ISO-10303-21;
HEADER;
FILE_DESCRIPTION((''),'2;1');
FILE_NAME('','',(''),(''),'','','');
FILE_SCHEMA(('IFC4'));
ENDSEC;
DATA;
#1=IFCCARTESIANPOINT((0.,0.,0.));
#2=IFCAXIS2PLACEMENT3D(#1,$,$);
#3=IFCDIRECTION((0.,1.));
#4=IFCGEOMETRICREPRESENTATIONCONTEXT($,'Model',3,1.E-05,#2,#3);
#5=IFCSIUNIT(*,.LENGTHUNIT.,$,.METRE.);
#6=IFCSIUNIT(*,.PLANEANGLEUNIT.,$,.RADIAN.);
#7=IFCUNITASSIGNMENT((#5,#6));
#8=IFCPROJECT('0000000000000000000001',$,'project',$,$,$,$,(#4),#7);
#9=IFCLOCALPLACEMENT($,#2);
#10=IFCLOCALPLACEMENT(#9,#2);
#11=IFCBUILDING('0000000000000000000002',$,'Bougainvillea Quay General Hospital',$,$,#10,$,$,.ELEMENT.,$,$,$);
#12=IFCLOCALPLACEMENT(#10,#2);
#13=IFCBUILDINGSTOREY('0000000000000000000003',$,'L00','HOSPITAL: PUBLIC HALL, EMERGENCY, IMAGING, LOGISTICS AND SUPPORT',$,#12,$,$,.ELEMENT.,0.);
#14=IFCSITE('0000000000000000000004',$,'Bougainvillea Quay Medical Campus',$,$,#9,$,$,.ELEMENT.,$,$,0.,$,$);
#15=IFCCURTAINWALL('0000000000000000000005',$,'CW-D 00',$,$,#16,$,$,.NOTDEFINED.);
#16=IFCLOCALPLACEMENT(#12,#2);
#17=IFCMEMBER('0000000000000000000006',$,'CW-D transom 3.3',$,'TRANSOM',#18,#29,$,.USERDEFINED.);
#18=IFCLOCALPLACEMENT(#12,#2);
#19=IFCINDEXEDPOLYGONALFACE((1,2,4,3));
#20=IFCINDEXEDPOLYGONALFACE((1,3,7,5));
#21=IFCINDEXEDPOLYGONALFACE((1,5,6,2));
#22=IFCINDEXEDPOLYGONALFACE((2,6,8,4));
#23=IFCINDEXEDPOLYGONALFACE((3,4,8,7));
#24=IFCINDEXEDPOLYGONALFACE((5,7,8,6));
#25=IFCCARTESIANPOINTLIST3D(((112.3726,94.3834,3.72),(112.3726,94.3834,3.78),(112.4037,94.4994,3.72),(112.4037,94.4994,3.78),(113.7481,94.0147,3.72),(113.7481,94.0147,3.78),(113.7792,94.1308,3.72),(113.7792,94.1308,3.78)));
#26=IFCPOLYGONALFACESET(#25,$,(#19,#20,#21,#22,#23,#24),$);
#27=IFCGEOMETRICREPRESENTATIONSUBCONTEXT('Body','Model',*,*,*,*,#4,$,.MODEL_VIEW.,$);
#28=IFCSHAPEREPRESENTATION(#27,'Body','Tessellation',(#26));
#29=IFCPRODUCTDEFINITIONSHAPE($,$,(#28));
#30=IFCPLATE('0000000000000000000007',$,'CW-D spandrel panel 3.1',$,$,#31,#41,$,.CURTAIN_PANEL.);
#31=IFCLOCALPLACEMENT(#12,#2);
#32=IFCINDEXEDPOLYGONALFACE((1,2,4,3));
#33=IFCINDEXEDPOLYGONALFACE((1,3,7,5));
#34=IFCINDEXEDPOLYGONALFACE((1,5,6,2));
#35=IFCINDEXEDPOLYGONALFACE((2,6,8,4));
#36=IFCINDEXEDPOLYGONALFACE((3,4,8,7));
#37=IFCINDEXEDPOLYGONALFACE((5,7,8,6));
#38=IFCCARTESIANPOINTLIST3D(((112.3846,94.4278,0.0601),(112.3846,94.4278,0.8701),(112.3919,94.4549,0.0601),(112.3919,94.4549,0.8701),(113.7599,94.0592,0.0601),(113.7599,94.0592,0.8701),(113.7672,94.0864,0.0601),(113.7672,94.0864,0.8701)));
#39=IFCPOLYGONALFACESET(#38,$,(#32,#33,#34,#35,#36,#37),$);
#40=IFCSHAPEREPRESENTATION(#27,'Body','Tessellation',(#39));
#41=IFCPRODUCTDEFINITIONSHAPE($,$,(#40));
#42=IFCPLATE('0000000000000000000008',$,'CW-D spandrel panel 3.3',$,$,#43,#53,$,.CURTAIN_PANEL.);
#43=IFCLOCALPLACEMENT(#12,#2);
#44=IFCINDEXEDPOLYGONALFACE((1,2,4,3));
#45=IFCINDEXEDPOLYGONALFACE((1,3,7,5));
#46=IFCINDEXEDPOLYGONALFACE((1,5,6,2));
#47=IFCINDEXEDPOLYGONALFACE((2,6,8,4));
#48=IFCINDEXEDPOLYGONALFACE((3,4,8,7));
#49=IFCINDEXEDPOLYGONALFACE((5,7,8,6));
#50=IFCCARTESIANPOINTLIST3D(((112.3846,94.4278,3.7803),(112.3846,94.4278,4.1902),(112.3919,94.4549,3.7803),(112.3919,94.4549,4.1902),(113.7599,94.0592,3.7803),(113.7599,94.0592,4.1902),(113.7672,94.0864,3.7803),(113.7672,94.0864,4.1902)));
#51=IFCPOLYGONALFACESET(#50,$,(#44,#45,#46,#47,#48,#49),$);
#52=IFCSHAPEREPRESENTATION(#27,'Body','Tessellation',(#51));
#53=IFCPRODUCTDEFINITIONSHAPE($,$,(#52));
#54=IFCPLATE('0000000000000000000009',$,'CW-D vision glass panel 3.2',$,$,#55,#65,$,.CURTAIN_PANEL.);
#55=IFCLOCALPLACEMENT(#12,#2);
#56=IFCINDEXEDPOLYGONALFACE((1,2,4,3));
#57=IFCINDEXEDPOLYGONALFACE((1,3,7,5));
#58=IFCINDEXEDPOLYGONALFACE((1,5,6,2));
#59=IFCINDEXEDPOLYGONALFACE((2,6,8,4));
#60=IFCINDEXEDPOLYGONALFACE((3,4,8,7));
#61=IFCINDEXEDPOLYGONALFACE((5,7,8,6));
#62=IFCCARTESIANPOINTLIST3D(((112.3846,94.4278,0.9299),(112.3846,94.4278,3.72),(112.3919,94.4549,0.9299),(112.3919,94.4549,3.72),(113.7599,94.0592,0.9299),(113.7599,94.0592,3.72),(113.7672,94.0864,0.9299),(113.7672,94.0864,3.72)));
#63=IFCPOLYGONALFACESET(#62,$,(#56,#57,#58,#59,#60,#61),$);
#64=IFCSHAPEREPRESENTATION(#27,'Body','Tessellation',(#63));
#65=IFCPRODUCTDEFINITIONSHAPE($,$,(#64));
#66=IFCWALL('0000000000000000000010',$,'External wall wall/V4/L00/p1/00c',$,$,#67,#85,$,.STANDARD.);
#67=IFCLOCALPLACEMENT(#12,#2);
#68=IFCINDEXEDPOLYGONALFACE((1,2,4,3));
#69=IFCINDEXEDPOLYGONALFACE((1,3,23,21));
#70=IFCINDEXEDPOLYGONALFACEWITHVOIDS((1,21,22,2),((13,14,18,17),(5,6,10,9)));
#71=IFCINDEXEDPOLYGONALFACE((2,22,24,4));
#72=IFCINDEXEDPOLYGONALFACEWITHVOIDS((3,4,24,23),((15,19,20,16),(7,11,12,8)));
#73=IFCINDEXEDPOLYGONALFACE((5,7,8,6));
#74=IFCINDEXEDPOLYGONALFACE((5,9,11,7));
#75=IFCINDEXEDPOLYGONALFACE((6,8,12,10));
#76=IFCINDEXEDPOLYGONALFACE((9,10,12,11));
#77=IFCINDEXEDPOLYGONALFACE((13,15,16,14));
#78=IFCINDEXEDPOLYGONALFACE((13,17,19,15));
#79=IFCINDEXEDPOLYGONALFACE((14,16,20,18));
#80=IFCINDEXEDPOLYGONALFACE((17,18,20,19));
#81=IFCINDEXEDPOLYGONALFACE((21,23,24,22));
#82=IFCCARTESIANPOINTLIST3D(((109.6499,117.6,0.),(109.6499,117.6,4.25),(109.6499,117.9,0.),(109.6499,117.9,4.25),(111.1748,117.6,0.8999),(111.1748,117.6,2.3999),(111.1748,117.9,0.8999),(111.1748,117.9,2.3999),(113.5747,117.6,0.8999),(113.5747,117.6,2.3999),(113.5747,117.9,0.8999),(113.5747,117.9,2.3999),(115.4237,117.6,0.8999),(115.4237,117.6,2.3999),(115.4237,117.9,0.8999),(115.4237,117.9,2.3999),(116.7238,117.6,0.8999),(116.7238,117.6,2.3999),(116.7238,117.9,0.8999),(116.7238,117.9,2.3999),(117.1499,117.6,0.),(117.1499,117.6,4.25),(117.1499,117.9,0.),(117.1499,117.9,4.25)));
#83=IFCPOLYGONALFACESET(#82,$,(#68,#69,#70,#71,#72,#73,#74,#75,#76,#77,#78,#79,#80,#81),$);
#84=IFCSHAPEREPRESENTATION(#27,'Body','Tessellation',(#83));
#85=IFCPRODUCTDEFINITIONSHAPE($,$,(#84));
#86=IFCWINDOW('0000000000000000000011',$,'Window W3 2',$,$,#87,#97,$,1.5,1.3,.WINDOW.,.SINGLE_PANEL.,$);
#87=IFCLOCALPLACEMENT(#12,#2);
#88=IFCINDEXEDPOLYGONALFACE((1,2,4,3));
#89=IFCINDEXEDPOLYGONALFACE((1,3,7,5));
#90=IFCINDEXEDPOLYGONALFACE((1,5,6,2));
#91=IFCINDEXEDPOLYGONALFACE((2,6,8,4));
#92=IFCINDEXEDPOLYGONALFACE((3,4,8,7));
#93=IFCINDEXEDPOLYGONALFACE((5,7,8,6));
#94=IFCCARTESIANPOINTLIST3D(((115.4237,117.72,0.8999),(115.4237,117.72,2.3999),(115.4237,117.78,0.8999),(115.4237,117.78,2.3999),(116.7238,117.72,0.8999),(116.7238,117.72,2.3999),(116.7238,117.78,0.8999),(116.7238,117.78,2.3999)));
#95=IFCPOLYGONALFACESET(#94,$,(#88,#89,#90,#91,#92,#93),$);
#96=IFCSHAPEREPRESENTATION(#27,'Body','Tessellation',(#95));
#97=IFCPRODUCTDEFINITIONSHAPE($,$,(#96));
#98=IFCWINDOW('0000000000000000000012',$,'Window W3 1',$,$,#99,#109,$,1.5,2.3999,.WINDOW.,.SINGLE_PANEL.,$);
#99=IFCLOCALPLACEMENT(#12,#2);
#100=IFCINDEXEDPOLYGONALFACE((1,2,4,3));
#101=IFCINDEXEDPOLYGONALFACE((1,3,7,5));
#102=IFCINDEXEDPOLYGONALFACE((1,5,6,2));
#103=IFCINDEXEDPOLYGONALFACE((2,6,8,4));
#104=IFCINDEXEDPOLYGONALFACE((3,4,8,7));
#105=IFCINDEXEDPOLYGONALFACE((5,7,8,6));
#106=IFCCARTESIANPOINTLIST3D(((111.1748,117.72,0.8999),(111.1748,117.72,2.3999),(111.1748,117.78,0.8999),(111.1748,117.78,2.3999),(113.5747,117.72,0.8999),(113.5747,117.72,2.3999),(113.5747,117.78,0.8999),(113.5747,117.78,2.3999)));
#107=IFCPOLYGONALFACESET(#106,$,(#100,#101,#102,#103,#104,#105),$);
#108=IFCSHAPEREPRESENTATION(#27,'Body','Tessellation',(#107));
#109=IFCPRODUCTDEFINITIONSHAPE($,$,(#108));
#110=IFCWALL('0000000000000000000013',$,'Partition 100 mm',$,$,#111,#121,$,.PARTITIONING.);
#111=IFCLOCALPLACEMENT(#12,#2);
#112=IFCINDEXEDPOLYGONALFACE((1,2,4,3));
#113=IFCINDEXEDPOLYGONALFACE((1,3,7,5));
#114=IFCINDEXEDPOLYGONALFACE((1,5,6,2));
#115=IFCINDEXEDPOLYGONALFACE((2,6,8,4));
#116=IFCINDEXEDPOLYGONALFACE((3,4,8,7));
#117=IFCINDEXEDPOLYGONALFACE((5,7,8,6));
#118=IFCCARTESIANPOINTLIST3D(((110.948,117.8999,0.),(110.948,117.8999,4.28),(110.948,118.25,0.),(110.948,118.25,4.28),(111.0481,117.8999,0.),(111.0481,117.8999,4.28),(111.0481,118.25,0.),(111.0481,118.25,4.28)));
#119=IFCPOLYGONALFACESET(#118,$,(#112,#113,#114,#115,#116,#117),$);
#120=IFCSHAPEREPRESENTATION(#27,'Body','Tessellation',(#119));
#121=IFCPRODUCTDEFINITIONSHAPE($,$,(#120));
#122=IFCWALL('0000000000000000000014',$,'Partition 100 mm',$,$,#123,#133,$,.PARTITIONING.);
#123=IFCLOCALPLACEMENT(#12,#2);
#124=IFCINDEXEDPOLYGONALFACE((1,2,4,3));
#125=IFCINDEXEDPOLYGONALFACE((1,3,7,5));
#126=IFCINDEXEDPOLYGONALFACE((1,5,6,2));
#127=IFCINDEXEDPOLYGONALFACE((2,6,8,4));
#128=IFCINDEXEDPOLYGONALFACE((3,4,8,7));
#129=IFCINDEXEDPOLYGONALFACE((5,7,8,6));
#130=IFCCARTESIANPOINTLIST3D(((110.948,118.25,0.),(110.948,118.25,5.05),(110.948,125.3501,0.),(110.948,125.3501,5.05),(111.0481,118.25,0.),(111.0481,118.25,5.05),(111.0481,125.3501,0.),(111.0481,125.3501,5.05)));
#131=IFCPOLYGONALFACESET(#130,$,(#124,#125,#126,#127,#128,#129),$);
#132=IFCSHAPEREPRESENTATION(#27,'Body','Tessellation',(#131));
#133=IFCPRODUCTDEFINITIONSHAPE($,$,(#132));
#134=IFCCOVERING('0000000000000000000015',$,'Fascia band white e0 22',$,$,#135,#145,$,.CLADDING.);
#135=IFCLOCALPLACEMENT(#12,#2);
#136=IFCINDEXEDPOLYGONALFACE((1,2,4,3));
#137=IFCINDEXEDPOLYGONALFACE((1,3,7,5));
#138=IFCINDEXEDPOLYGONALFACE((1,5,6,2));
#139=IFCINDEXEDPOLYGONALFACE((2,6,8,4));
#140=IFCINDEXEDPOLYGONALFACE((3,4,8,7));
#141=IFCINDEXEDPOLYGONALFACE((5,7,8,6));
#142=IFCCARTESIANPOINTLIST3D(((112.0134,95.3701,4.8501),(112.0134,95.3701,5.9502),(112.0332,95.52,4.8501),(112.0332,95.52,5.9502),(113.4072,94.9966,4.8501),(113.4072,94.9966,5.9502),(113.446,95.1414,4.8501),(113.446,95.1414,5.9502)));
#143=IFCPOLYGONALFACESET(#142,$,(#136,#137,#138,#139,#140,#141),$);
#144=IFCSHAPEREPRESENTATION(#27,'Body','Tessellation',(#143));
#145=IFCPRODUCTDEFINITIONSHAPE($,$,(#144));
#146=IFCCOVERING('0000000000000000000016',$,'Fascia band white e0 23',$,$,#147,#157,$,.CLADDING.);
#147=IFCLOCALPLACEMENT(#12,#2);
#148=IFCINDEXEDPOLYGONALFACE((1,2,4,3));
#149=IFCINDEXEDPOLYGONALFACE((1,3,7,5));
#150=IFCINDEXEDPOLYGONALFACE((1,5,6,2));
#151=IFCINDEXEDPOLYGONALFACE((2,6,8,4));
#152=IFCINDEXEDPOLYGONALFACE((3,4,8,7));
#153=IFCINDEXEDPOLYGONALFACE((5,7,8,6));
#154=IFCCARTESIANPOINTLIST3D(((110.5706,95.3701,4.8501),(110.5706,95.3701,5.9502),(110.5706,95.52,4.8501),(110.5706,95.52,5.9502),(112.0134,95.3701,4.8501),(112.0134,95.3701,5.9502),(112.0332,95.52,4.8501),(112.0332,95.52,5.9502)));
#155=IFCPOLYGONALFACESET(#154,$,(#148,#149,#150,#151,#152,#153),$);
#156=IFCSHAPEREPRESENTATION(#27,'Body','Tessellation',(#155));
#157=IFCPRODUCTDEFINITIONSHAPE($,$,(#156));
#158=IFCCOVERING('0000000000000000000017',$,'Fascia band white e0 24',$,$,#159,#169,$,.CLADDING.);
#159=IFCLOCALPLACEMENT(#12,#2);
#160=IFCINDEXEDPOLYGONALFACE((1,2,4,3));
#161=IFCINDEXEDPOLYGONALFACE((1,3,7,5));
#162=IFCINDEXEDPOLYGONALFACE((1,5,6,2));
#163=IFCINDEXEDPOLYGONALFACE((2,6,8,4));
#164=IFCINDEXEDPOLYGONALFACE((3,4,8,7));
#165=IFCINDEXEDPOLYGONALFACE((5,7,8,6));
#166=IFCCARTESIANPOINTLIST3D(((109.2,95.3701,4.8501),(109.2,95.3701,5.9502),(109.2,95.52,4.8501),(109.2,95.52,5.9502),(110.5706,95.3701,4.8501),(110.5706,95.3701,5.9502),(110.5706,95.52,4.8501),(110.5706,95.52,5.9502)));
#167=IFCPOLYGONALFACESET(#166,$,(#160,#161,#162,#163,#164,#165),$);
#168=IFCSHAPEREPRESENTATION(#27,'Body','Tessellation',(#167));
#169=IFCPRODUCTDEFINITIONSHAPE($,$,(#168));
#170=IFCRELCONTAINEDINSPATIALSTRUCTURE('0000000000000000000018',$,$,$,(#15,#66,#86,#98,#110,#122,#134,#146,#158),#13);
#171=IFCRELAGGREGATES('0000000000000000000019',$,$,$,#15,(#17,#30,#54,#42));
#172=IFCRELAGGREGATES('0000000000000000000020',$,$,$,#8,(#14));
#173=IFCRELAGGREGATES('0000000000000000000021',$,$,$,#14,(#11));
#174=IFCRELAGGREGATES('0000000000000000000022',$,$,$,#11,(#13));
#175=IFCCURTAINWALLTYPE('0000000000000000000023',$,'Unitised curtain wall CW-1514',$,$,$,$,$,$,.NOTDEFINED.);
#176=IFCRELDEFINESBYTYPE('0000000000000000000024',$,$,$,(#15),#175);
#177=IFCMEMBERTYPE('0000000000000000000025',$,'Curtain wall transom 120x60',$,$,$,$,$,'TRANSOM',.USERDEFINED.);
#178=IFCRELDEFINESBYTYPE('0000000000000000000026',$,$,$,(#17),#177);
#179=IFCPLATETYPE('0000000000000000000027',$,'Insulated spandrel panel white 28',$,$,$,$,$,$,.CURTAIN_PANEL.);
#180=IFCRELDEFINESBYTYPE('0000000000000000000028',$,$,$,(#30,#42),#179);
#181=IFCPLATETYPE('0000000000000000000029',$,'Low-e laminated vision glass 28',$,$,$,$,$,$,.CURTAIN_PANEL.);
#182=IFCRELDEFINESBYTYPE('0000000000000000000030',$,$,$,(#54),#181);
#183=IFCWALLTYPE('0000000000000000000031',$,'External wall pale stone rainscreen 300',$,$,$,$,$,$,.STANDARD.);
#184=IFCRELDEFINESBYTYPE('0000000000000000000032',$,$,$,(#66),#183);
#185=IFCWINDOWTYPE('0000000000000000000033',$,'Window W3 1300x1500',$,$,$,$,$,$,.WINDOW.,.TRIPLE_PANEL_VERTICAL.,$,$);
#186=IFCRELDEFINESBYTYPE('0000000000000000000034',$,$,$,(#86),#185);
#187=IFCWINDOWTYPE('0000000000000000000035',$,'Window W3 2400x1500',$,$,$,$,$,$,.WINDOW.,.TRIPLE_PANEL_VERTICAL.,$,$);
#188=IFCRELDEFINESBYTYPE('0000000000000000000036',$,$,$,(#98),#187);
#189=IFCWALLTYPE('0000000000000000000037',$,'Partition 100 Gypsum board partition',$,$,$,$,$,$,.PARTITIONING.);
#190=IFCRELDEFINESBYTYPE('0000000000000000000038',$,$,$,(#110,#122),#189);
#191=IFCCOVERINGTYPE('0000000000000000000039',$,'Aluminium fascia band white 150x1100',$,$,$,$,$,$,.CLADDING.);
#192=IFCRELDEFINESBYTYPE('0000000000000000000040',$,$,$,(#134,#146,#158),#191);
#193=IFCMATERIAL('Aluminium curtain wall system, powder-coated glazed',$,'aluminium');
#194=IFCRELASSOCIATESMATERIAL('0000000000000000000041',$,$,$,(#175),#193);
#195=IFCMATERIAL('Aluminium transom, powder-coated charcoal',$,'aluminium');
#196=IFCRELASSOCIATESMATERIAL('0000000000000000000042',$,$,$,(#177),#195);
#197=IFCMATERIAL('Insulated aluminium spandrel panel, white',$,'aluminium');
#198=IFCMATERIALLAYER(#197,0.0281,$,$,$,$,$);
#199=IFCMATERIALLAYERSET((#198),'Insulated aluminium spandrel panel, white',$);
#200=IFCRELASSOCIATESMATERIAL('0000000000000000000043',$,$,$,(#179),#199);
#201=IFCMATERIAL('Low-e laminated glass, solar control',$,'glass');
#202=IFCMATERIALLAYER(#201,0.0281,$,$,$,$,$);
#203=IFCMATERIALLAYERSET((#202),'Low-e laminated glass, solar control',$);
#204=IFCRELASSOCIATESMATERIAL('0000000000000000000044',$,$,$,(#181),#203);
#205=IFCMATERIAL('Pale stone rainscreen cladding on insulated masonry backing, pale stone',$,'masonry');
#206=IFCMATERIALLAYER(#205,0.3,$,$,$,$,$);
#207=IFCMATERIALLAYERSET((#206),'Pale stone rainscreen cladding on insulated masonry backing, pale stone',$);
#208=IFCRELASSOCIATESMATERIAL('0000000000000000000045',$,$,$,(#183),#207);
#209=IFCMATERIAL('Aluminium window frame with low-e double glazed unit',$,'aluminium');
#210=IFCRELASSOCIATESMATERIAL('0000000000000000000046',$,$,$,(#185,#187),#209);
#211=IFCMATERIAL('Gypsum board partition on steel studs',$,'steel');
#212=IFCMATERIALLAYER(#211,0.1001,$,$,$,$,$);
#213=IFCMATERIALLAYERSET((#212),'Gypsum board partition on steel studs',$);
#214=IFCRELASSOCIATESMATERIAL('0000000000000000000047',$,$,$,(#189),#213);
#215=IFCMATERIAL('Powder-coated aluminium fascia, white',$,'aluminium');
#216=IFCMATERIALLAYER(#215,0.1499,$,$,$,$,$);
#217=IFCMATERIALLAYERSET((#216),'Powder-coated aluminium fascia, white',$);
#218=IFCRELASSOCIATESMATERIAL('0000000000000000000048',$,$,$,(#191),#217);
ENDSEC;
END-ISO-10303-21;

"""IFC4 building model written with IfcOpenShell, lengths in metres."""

from ifc_helpers import new_model, si_unit, direction, frame, frame_2d, origin, origin_2d, place, context, subcontext, project, spatial, polyline, rectangle, outline, extrude, material, layer, layer_set, material_profile, profile_set, type_object, element, fill, aggregate, save


model = new_model("IFC4")

# Units and contexts
model_context = context("Model", 3, precision=1e-05, world=origin(), true_north=direction((0.0, 1.0)))
body_context = subcontext(model_context, "Body", "Model", "MODEL_VIEW")
ifc_project = project(units=[si_unit("LENGTHUNIT", "METRE"), si_unit("PLANEANGLEUNIT", "RADIAN")], contexts=[model_context])

# Site, building, storey
site_placement = place(None, origin())
site = spatial("IfcSite", under=ifc_project, at=site_placement, Name="Bougainvillea Quay Medical Campus", CompositionType="ELEMENT", RefElevation=0.0)
building_placement = place(site_placement, origin())
building = spatial("IfcBuilding", under=site, at=building_placement, Name="Bougainvillea Quay General Hospital", CompositionType="ELEMENT")
storey_placement = place(building_placement, origin())
storey = spatial("IfcBuildingStorey", under=building, at=storey_placement, Name="L00", Description="HOSPITAL: PUBLIC HALL, EMERGENCY, IMAGING, LOGISTICS AND SUPPORT", CompositionType="ELEMENT", Elevation=0.0)

# Curtain wall, member, plates
ifc_material_1 = material(Name="Aluminium curtain wall system, powder-coated glazed", Category="aluminium")
curtain_wall_type = type_object("IfcCurtainWallType", Name="Unitised curtain wall CW-1514", PredefinedType="NOTDEFINED", material=ifc_material_1)
curtain_wall_placement = place(storey_placement, origin())
curtain_wall = element("IfcCurtainWall", 1, at=curtain_wall_placement, inside=storey, type_object=curtain_wall_type, Name="CW-D 00", PredefinedType="NOTDEFINED")
ifc_material_2 = material(Name="Aluminium transom, powder-coated charcoal", Category="aluminium")
ifc_material_profile_1 = material_profile(ifc_material_2, rectangle(XDim=0.1201, YDim=0.0601, at=origin_2d()))
ifc_profile_set_1 = profile_set([ifc_material_profile_1], Name="Aluminium transom, powder-coated charcoal")
member_type_1 = type_object("IfcMemberType", Name="Curtain wall transom 120x60", ElementType="TRANSOM", PredefinedType="USERDEFINED", material=ifc_profile_set_1)
member_1_placement = place(storey_placement, frame((113.7637, 94.0728, 3.75), z_axis=(-0.96591, 0.258879, 0.0), x_axis=(-0.258879, -0.96591, 0.0)))
member_1 = element("IfcMember", 2, at=member_1_placement, type_object=member_type_1, Name="CW-D transom 3.3", ObjectType="TRANSOM", PredefinedType="USERDEFINED", context=body_context, shape_type="SweptSolid", body=[
    extrude(rectangle(XDim=0.1201, YDim=0.0601, at=origin_2d()), origin(), (0.0, 0.0, 1.0), 1.4241),
])
ifc_material_3 = material(Name="Insulated aluminium spandrel panel, white", Category="aluminium")
ifc_layer_1 = layer(ifc_material_3, 0.0281)
ifc_layer_set_1 = layer_set([ifc_layer_1], Name="Insulated aluminium spandrel panel, white")
plate_type_1 = type_object("IfcPlateType", Name="Insulated spandrel panel white 28", PredefinedType="CURTAIN_PANEL", material=ifc_layer_set_1)
plate_1_placement = place(storey_placement, frame((113.0759, 94.2571, 0.0601), z_axis=(0.0, 0.0, 1.0), x_axis=(-0.965916, 0.258855, 0.0)))
plate_1 = element("IfcPlate", 3, at=plate_1_placement, type_object=plate_type_1, Name="CW-D spandrel panel 3.1", PredefinedType="CURTAIN_PANEL", context=body_context, shape_type="SweptSolid", body=[
    extrude(rectangle(XDim=1.4238, YDim=0.0281, at=origin_2d()), origin(), (0.0, 0.0, 1.0), 0.8101),
])
plate_2_placement = place(storey_placement, frame((113.0759, 94.2571, 3.7803), z_axis=(0.0, 0.0, 1.0), x_axis=(-0.965916, 0.258855, 0.0)))
plate_2 = element("IfcPlate", 4, at=plate_2_placement, type_object=plate_type_1, Name="CW-D spandrel panel 3.3", PredefinedType="CURTAIN_PANEL", context=body_context, shape_type="SweptSolid", body=[
    extrude(rectangle(XDim=1.4238, YDim=0.0281, at=origin_2d()), origin(), (0.0, 0.0, 1.0), 0.4099),
])
ifc_material_4 = material(Name="Low-e laminated glass, solar control", Category="glass")
ifc_layer_2 = layer(ifc_material_4, 0.0281)
ifc_layer_set_2 = layer_set([ifc_layer_2], Name="Low-e laminated glass, solar control")
plate_type_2 = type_object("IfcPlateType", Name="Low-e laminated vision glass 28", PredefinedType="CURTAIN_PANEL", material=ifc_layer_set_2)
plate_3_placement = place(storey_placement, frame((113.0759, 94.2571, 0.9299), z_axis=(0.0, 0.0, 1.0), x_axis=(-0.965916, 0.258855, 0.0)))
plate_3 = element("IfcPlate", 5, at=plate_3_placement, type_object=plate_type_2, Name="CW-D vision glass panel 3.2", PredefinedType="CURTAIN_PANEL", context=body_context, shape_type="SweptSolid", body=[
    extrude(rectangle(XDim=1.4238, YDim=0.0281, at=origin_2d()), origin(), (0.0, 0.0, 1.0), 2.79),
])
aggregate(curtain_wall, [member_1, plate_1, plate_3, plate_2])

# Wall, openings, windows
ifc_material_5 = material(Name="Pale stone rainscreen cladding on insulated masonry backing, pale stone", Category="masonry")
ifc_layer_3 = layer(ifc_material_5, 0.3)
ifc_layer_set_3 = layer_set([ifc_layer_3], Name="Pale stone rainscreen cladding on insulated masonry backing, pale stone")
wall_type_1 = type_object("IfcWallType", Name="External wall pale stone rainscreen 300", PredefinedType="STANDARD", material=ifc_layer_set_3)
wall_1_placement = place(storey_placement, frame((109.6499, 117.75, 0.0), z_axis=(0.0, 0.0, 1.0), x_axis=(1.0, 0.0, 0.0)))
wall_1 = element("IfcWall", 6, at=wall_1_placement, inside=storey, type_object=wall_type_1, Name="External wall wall/V4/L00/p1/00c", PredefinedType="STANDARD", context=body_context, shape_type="SweptSolid", body=[
    extrude(rectangle(XDim=7.5, YDim=0.3, at=frame_2d((3.75, 0.0))), origin(), (0.0, 0.0, 1.0), 4.25),
])
opening_1_placement = place(wall_1_placement, frame((1.5249, 0.0, 0.8999)))
opening_1 = element("IfcOpeningElement", 7, at=opening_1_placement, cuts=wall_1, PredefinedType="OPENING", context=body_context, shape_type="SweptSolid", body=[
    extrude(rectangle(XDim=2.3999, YDim=1.5, at=frame_2d((1.2, 0.75))), frame((0.0, 0.1599, 0.0), z_axis=(0.0, -1.0, 0.0), x_axis=(1.0, 0.0, 0.0)), (0.0, 0.0, 1.0), 0.3201),
])
opening_2_placement = place(wall_1_placement, frame((5.7739, 0.0, 0.8999)))
opening_2 = element("IfcOpeningElement", 8, at=opening_2_placement, cuts=wall_1, PredefinedType="OPENING", context=body_context, shape_type="SweptSolid", body=[
    extrude(rectangle(XDim=1.3, YDim=1.5, at=frame_2d((0.6499, 0.75))), frame((0.0, 0.1599, 0.0), z_axis=(0.0, -1.0, 0.0), x_axis=(1.0, 0.0, 0.0)), (0.0, 0.0, 1.0), 0.3201),
])
ifc_material_6 = material(Name="Aluminium window frame with low-e double glazed unit", Category="aluminium")
window_type_1 = type_object("IfcWindowType", Name="Window W3 1300x1500", PartitioningType="TRIPLE_PANEL_VERTICAL", PredefinedType="WINDOW", material=ifc_material_6)
window_1_placement = place(opening_2_placement, origin())
window_1 = element("IfcWindow", 9, at=window_1_placement, inside=storey, type_object=window_type_1, Name="Window W3 2", OverallHeight=1.5, OverallWidth=1.3, PartitioningType="SINGLE_PANEL", PredefinedType="WINDOW", context=body_context, shape_type="SweptSolid", body=[
    extrude(rectangle(XDim=1.3, YDim=1.5, at=frame_2d((0.6499, 0.75))), frame((0.0, 0.03, 0.0), z_axis=(0.0, -1.0, 0.0), x_axis=(1.0, 0.0, 0.0)), (0.0, 0.0, 1.0), 0.0601),
])
fill(opening_2, window_1)
window_type_2 = type_object("IfcWindowType", Name="Window W3 2400x1500", PartitioningType="TRIPLE_PANEL_VERTICAL", PredefinedType="WINDOW", material=ifc_material_6)
window_2_placement = place(opening_1_placement, origin())
window_2 = element("IfcWindow", 10, at=window_2_placement, inside=storey, type_object=window_type_2, Name="Window W3 1", OverallHeight=1.5, OverallWidth=2.3999, PartitioningType="SINGLE_PANEL", PredefinedType="WINDOW", context=body_context, shape_type="SweptSolid", body=[
    extrude(rectangle(XDim=2.3999, YDim=1.5, at=frame_2d((1.2, 0.75))), frame((0.0, 0.03, 0.0), z_axis=(0.0, -1.0, 0.0), x_axis=(1.0, 0.0, 0.0)), (0.0, 0.0, 1.0), 0.0601),
])
fill(opening_1, window_2)

# Walls
ifc_material_7 = material(Name="Gypsum board partition on steel studs", Category="steel")
ifc_layer_4 = layer(ifc_material_7, 0.1001)
ifc_layer_set_4 = layer_set([ifc_layer_4], Name="Gypsum board partition on steel studs")
wall_type_2 = type_object("IfcWallType", Name="Partition 100 Gypsum board partition", PredefinedType="PARTITIONING", material=ifc_layer_set_4)
wall_2_placement = place(storey_placement, frame((110.998, 117.8999, 0.0), z_axis=(0.0, 0.0, 1.0), x_axis=(0.0, 1.0, 0.0)))
element("IfcWall", 11, at=wall_2_placement, inside=storey, type_object=wall_type_2, Name="Partition 100 mm", PredefinedType="PARTITIONING", context=body_context, shape_type="SweptSolid", body=[
    extrude(rectangle(XDim=0.3501, YDim=0.1001, at=frame_2d((0.175, 0.0))), origin(), (0.0, 0.0, 1.0), 4.28),
])
wall_3_placement = place(storey_placement, frame((110.998, 118.25, 0.0), z_axis=(0.0, 0.0, 1.0), x_axis=(0.0, 1.0, 0.0)))
element("IfcWall", 12, at=wall_3_placement, inside=storey, type_object=wall_type_2, Name="Partition 100 mm", PredefinedType="PARTITIONING", context=body_context, shape_type="SweptSolid", body=[
    extrude(rectangle(XDim=7.1001, YDim=0.1001, at=frame_2d((3.55, 0.0))), origin(), (0.0, 0.0, 1.0), 5.05),
])

# Coverings
ifc_material_8 = material(Name="Powder-coated aluminium fascia, white", Category="aluminium")
ifc_layer_5 = layer(ifc_material_8, 0.1499)
ifc_layer_set_5 = layer_set([ifc_layer_5], Name="Powder-coated aluminium fascia, white")
covering_type = type_object("IfcCoveringType", Name="Aluminium fascia band white 150x1100", PredefinedType="CLADDING", material=ifc_layer_set_5)
covering_1_placement = place(storey_placement, frame((113.4072, 94.9966, 4.8501), z_axis=(0.0, 0.0, 1.0), x_axis=(-0.965914, 0.258863, 0.0)))
element("IfcCovering", 13, at=covering_1_placement, inside=storey, type_object=covering_type, Name="Fascia band white e0 22", PredefinedType="CLADDING", context=body_context, shape_type="SweptSolid", body=[
    extrude(outline(polyline([(0.0, 0.0), (1.443, 0.0), (1.4627, -0.1499), (0.0, -0.1499), (0.0, 0.0)])), origin(), (0.0, 0.0, 1.0), 1.1001),
])
covering_2_placement = place(storey_placement, frame((112.0134, 95.3701, 4.8501), z_axis=(0.0, 0.0, 1.0), x_axis=(-1.0, 0.0, 0.0)))
element("IfcCovering", 14, at=covering_2_placement, inside=storey, type_object=covering_type, Name="Fascia band white e0 23", PredefinedType="CLADDING", context=body_context, shape_type="SweptSolid", body=[
    extrude(outline(polyline([(0.0, 0.0), (1.4429, 0.0), (1.4429, -0.1499), (-0.0198, -0.1499), (0.0, 0.0)])), origin(), (0.0, 0.0, 1.0), 1.1001),
])
covering_3_placement = place(storey_placement, frame((110.5706, 95.3701, 4.8501), z_axis=(0.0, 0.0, 1.0), x_axis=(-1.0, 0.0, 0.0)))
element("IfcCovering", 15, at=covering_3_placement, inside=storey, type_object=covering_type, Name="Fascia band white e0 24", PredefinedType="CLADDING", context=body_context, shape_type="SweptSolid", body=[
    extrude(outline(polyline([(0.0, 0.0), (1.3706, 0.0), (1.3706, -0.1499), (0.0, -0.1499), (0.0, 0.0)])), origin(), (0.0, 0.0, 1.0), 1.1001),
])

save(model, "model.ifc")
